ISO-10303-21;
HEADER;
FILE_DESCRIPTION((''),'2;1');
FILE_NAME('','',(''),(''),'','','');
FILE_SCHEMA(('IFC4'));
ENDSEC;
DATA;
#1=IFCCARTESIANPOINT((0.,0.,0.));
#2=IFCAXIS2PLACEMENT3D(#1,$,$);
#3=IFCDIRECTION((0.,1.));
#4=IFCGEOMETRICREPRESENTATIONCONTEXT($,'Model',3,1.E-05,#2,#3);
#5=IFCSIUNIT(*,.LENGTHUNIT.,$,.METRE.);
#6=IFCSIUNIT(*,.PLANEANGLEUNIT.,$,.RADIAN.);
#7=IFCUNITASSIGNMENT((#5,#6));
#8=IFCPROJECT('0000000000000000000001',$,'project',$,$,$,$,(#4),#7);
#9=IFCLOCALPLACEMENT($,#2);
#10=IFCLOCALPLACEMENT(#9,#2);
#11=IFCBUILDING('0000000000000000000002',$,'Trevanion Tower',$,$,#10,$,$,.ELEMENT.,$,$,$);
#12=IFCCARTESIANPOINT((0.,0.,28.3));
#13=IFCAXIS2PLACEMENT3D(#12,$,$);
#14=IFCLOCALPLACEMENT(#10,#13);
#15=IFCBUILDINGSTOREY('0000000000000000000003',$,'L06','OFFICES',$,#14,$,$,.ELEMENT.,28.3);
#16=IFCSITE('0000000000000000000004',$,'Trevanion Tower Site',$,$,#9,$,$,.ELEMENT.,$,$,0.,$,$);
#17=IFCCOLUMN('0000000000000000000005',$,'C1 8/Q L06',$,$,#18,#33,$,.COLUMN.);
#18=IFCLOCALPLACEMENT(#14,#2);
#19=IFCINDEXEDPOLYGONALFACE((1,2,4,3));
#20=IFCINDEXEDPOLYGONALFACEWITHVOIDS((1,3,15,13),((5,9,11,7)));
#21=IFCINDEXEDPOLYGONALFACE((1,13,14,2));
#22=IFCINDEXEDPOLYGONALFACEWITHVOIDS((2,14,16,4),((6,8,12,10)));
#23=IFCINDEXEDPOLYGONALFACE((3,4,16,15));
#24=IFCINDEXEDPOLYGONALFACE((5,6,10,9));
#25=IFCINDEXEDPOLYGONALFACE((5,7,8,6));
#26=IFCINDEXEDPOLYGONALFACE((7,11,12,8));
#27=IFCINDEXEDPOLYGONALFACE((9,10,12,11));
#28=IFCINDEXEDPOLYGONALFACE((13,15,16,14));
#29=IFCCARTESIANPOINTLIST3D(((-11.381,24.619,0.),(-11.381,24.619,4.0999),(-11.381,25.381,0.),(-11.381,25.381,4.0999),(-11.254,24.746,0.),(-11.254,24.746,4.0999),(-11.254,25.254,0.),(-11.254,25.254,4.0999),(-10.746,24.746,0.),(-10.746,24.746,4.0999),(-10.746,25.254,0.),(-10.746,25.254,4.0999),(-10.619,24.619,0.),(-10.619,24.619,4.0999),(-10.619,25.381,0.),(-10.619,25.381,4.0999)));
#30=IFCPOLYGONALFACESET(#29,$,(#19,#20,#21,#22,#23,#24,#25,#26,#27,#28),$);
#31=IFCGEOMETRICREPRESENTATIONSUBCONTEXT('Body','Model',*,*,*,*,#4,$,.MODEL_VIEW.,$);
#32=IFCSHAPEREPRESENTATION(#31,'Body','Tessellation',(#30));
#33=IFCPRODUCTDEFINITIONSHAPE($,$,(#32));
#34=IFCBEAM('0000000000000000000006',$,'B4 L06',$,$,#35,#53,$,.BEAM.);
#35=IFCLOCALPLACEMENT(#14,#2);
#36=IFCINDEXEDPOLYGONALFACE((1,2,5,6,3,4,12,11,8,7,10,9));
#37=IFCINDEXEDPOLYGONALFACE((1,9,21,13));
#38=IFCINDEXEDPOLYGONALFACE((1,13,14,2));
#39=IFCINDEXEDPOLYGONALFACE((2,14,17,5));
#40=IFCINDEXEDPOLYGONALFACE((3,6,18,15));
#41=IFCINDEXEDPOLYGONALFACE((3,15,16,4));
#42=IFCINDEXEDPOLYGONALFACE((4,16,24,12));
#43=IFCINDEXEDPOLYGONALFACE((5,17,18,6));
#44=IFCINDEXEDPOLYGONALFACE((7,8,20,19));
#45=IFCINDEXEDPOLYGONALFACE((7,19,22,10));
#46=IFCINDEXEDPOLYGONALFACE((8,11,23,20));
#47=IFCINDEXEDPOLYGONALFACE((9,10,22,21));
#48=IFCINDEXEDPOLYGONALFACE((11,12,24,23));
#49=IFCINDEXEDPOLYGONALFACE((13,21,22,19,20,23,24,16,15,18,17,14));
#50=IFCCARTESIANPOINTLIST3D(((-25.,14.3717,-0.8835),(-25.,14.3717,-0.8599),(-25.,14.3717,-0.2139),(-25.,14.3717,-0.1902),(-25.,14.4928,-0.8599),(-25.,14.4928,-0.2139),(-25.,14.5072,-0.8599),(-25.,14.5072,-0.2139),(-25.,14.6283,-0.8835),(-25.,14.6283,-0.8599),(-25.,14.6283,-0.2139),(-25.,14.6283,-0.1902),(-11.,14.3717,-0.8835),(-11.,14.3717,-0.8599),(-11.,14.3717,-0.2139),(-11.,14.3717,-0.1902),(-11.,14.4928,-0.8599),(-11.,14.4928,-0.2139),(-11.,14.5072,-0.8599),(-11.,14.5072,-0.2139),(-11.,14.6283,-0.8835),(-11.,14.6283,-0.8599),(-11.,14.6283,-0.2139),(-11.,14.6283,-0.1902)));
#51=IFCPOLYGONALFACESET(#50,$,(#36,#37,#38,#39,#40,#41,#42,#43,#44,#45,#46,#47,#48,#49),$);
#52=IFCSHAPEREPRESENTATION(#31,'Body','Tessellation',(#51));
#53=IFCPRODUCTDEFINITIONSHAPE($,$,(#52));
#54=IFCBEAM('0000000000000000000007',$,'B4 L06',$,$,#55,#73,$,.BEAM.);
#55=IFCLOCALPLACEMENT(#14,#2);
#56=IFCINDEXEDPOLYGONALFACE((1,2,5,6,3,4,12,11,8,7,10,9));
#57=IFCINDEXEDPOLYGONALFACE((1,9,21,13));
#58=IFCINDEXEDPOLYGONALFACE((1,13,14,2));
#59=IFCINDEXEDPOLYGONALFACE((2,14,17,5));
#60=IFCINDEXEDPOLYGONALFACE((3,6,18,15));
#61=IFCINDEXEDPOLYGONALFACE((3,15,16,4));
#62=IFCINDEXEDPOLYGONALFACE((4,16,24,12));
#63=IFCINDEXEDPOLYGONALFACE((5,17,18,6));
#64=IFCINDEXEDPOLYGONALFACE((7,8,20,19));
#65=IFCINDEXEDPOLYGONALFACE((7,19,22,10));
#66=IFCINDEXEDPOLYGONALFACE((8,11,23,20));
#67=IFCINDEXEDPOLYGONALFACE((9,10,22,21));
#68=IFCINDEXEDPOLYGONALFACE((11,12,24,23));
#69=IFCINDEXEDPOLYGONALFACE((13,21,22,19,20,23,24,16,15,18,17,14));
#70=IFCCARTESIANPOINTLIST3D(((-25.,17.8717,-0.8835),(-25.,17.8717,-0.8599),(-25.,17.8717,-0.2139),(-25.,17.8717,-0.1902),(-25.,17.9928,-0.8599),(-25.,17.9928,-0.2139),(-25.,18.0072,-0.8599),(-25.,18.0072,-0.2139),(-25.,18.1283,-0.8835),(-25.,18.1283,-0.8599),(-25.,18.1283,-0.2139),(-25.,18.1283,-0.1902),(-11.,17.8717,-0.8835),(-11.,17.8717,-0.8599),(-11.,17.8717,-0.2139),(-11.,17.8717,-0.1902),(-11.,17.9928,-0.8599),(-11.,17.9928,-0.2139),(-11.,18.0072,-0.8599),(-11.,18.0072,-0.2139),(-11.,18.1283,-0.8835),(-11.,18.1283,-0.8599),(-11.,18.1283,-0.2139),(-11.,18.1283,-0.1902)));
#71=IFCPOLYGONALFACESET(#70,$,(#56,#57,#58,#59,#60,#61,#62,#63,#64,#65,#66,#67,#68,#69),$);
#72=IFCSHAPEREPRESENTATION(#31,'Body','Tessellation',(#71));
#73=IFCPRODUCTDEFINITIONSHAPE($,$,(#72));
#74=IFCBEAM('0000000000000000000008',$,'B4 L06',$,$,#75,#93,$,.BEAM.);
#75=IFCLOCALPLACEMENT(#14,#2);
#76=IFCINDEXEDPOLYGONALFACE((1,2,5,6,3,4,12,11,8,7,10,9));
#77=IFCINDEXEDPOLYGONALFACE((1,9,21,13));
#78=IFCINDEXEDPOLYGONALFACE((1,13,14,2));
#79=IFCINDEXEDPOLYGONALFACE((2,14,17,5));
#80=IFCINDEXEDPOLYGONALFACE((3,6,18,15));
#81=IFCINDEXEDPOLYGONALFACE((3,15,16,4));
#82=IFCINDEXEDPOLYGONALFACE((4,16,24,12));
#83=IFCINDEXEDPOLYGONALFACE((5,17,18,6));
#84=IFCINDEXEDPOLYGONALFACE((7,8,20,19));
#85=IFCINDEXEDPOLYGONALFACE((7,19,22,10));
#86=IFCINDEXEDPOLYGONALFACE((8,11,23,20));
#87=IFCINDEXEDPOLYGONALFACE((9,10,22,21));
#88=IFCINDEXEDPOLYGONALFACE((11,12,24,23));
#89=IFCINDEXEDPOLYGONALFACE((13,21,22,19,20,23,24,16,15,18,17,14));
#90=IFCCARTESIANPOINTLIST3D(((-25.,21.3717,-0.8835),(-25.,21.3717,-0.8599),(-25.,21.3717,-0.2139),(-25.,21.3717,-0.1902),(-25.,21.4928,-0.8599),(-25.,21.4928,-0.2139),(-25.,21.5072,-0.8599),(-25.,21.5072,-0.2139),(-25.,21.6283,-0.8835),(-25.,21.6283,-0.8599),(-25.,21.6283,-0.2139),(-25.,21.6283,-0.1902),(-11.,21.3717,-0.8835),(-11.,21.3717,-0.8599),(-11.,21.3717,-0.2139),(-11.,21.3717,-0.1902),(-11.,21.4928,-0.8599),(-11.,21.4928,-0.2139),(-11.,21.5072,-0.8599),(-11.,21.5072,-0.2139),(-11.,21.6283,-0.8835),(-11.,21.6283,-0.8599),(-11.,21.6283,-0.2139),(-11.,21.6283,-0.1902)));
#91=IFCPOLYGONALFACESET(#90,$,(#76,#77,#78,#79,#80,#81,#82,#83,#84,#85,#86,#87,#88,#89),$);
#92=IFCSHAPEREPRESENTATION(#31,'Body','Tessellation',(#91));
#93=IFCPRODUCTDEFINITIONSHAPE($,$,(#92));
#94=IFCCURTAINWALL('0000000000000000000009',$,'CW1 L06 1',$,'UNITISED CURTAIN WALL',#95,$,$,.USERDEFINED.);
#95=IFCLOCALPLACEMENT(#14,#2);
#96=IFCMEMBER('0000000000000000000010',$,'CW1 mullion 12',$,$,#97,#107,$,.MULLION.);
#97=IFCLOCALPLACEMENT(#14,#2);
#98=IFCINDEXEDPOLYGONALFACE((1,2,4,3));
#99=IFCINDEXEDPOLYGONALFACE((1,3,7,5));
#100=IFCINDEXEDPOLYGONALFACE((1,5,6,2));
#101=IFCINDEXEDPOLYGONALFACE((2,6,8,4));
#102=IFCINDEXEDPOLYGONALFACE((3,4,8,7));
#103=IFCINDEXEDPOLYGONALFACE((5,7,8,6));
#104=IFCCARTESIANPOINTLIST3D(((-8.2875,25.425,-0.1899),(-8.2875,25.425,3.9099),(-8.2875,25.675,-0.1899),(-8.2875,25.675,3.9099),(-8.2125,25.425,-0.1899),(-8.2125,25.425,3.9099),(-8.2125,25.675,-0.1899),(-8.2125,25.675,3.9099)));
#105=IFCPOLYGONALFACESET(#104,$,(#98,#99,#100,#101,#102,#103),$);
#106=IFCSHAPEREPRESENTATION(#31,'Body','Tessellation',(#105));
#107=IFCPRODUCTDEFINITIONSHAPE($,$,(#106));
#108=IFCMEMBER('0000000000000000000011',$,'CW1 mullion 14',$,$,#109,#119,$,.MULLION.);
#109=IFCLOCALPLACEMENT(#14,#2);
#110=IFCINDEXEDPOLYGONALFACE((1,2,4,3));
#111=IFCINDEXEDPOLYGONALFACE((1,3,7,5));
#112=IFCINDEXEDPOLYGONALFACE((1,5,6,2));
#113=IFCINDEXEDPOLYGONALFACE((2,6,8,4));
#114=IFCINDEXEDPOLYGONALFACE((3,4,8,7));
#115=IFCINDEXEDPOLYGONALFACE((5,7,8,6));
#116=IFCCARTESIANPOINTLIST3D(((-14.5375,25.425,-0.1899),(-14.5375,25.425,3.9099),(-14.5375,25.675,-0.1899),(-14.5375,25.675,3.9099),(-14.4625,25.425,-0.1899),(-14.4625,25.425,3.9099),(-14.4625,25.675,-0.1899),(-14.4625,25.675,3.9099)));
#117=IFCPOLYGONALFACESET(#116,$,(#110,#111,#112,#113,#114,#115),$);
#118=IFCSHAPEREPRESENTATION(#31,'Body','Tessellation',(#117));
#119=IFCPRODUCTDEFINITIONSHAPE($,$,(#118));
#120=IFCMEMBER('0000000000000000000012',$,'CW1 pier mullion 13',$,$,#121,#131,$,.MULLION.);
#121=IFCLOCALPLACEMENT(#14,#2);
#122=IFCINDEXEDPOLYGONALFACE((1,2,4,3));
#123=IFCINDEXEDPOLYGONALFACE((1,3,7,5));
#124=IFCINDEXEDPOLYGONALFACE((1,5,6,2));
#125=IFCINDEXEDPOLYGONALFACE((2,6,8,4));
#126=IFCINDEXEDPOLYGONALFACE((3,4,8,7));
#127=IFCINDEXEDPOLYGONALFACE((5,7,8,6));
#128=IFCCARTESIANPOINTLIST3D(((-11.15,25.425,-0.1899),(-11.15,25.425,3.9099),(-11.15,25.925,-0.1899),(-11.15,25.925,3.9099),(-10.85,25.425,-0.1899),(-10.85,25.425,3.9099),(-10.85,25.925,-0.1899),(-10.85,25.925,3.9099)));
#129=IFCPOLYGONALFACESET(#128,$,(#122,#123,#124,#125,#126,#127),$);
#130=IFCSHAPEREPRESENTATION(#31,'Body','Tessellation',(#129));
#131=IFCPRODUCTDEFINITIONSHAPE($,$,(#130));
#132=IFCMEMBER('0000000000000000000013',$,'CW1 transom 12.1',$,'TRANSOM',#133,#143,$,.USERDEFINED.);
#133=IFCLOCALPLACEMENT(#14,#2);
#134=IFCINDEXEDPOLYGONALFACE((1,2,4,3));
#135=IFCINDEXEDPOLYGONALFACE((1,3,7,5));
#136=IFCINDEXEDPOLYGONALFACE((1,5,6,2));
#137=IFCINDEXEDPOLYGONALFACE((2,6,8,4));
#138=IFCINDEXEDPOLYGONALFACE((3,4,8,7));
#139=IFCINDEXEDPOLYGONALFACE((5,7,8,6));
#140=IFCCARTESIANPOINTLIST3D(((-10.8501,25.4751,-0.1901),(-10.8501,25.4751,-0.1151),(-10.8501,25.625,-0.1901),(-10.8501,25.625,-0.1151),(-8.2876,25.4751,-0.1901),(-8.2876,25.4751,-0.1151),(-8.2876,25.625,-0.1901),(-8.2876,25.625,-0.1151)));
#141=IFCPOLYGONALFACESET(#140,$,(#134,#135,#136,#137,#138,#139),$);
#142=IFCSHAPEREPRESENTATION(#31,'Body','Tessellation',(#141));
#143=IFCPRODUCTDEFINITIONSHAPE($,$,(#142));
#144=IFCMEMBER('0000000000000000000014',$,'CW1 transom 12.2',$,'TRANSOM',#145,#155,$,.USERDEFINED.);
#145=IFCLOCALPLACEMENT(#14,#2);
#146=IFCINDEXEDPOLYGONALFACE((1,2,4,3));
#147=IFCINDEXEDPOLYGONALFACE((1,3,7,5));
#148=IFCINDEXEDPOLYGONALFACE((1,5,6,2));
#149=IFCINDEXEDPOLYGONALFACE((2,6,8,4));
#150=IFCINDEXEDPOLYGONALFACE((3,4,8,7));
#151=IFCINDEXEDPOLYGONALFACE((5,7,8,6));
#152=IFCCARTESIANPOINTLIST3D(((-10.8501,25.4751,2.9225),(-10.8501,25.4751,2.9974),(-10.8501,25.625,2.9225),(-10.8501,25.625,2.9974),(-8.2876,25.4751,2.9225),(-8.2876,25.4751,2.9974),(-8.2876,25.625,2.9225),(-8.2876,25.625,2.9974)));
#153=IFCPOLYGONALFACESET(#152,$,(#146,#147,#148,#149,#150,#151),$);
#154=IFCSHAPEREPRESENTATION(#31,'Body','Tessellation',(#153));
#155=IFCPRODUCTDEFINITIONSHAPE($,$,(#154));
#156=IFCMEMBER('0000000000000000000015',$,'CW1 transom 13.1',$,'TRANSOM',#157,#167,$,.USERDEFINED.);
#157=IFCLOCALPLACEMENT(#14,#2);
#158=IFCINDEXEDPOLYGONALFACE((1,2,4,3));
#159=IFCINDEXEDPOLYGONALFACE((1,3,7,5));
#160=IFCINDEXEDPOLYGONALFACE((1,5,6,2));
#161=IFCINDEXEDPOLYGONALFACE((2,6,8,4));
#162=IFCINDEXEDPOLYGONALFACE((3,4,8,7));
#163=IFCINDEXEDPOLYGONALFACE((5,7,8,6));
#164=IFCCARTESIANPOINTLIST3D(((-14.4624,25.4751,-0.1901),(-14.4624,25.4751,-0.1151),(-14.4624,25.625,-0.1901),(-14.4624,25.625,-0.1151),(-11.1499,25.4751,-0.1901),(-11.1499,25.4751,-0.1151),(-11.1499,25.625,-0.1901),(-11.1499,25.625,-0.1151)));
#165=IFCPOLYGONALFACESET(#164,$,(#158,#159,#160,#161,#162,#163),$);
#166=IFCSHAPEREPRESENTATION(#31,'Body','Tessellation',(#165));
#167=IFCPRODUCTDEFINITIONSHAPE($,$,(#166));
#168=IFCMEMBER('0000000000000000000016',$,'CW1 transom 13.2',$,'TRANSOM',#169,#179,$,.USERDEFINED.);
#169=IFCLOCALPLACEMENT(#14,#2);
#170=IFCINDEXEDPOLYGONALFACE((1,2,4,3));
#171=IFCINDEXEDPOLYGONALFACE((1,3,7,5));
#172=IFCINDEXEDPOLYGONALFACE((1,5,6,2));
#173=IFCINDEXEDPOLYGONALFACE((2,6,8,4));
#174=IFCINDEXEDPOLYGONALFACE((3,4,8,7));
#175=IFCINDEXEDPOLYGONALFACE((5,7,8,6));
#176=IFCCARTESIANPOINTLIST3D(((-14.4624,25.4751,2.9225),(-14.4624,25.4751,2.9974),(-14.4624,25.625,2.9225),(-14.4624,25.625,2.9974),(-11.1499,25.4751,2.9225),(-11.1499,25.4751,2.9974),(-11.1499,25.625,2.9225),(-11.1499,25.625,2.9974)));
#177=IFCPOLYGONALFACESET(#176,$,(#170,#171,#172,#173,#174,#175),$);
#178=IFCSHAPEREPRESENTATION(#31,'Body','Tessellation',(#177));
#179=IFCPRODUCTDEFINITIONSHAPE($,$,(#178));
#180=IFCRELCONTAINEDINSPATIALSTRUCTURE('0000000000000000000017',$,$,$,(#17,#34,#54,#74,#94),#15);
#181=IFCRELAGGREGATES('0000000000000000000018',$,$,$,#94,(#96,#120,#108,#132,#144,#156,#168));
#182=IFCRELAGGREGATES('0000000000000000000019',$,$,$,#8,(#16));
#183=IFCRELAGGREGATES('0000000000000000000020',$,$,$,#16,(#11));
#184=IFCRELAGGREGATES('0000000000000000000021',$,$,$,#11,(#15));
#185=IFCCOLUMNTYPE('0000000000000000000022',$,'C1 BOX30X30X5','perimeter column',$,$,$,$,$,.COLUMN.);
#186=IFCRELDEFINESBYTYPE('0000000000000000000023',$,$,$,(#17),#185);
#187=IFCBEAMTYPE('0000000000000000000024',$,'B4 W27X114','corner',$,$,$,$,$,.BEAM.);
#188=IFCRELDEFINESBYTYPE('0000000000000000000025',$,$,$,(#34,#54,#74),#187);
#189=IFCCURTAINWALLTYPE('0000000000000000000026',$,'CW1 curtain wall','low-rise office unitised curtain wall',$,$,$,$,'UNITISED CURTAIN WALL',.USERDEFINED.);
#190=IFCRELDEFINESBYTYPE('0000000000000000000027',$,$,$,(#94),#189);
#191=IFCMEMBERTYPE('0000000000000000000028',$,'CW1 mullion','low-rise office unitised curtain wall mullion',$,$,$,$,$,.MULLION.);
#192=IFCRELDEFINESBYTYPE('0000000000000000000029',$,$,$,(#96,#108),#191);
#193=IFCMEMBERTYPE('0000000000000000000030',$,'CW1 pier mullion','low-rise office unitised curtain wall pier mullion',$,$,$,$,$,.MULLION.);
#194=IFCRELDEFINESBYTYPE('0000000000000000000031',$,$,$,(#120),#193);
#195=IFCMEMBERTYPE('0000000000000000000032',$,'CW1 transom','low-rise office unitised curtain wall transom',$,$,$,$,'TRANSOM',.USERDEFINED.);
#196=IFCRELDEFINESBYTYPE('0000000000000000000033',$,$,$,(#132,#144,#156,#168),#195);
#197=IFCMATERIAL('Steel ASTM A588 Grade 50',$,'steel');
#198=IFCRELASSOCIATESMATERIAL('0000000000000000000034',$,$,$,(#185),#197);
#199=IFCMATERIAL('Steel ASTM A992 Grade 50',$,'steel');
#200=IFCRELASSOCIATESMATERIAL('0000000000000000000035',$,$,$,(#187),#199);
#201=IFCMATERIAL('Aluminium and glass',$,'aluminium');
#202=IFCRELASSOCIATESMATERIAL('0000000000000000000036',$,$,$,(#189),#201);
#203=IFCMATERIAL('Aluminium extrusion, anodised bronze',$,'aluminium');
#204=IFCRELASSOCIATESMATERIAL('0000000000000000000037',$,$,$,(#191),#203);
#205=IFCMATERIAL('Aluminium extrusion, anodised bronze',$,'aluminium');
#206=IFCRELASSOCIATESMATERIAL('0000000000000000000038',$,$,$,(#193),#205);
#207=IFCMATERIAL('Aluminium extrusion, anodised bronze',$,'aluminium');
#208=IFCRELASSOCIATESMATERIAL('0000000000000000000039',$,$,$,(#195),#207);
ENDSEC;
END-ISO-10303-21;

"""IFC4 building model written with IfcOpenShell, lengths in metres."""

from ifc_helpers import new_model, si_unit, direction, frame, origin, origin_2d, place, context, subcontext, project, spatial, rectangle, hollow_rectangle, i_section, extrude, material, material_profile, profile_set, type_object, element, aggregate, save


model = new_model("IFC4")

# Units and contexts
model_context = context("Model", 3, precision=1e-05, world=origin(), true_north=direction((0.0, 1.0)))
body_context = subcontext(model_context, "Body", "Model", "MODEL_VIEW")
ifc_project = project(units=[si_unit("LENGTHUNIT", "METRE"), si_unit("PLANEANGLEUNIT", "RADIAN")], contexts=[model_context])

# Site, building, storey
site_placement = place(None, origin())
site = spatial("IfcSite", under=ifc_project, at=site_placement, Name="Trevanion Tower Site", CompositionType="ELEMENT", RefElevation=0.0)
building_placement = place(site_placement, origin())
building = spatial("IfcBuilding", under=site, at=building_placement, Name="Trevanion Tower", CompositionType="ELEMENT")
storey_placement = place(building_placement, frame((0.0, 0.0, 28.3)))
storey = spatial("IfcBuildingStorey", under=building, at=storey_placement, Name="L06", Description="OFFICES", CompositionType="ELEMENT", Elevation=28.3)

# Column
ifc_material_1 = material(Name="Steel ASTM A588 Grade 50", Category="steel")
ifc_material_profile_1 = material_profile(ifc_material_1, hollow_rectangle(XDim=0.762, YDim=0.762, WallThickness=0.127, at=origin_2d()), Name="BOX30X30X5")
ifc_profile_set_1 = profile_set([ifc_material_profile_1], Name="Steel ASTM A588 Grade 50")
column_type = type_object("IfcColumnType", Name="C1 BOX30X30X5", Description="perimeter column", PredefinedType="COLUMN", material=ifc_profile_set_1)
column_placement = place(storey_placement, frame((-11.0, 25.0, 0.0), z_axis=(0.0, 0.0, 1.0), x_axis=(1.0, 0.0, 0.0)))
element("IfcColumn", 1, at=column_placement, inside=storey, type_object=column_type, Name="C1 8/Q L06", PredefinedType="COLUMN", context=body_context, shape_type="SweptSolid", body=[
    extrude(hollow_rectangle(XDim=0.762, YDim=0.762, WallThickness=0.127, at=origin_2d()), origin(), (0.0, 0.0, 1.0), 4.0999),
])

# Beams
ifc_material_2 = material(Name="Steel ASTM A992 Grade 50", Category="steel")
ifc_material_profile_2 = material_profile(ifc_material_2, i_section(OverallWidth=0.2566, OverallDepth=0.6934, WebThickness=0.0144, FlangeThickness=0.0237, at=origin_2d()), Name="W27X114")
ifc_profile_set_2 = profile_set([ifc_material_profile_2], Name="Steel ASTM A992 Grade 50")
beam_type_1 = type_object("IfcBeamType", Name="B4 W27X114", Description="corner", PredefinedType="BEAM", material=ifc_profile_set_2)
for number, where, z_axis, x_axis, name in (
    (2, (-11.0, 14.5, -0.5369), (-1.0, 0.0, 0.0), (0.0, -1.0, 0.0), "B4 L06"),
    (3, (-11.0, 18.0, -0.5369), (-1.0, 0.0, 0.0), (0.0, -1.0, 0.0), "B4 L06"),
    (4, (-11.0, 21.5, -0.5369), (-1.0, 0.0, 0.0), (0.0, -1.0, 0.0), "B4 L06"),
):
    element("IfcBeam", number, at=place(storey_placement, frame(where, z_axis=z_axis, x_axis=x_axis)), inside=storey, type_object=beam_type_1, Name=name, PredefinedType="BEAM", context=body_context, shape_type="SweptSolid", body=[
        extrude(i_section(OverallWidth=0.2566, OverallDepth=0.6934, WebThickness=0.0144, FlangeThickness=0.0237, at=origin_2d()), origin(), (0.0, 0.0, 1.0), 14.0),
    ])

# Curtain wall, members
ifc_material_3 = material(Name="Aluminium and glass", Category="aluminium")
curtain_wall_type = type_object("IfcCurtainWallType", Name="CW1 curtain wall", Description="low-rise office unitised curtain wall", ElementType="UNITISED CURTAIN WALL", PredefinedType="USERDEFINED", material=ifc_material_3)
curtain_wall_placement = place(storey_placement, origin())
curtain_wall = element("IfcCurtainWall", 5, at=curtain_wall_placement, inside=storey, type_object=curtain_wall_type, Name="CW1 L06 1", ObjectType="UNITISED CURTAIN WALL", PredefinedType="USERDEFINED")
ifc_material_4 = material(Name="Aluminium extrusion, anodised bronze", Category="aluminium")
ifc_material_profile_3 = material_profile(ifc_material_4, rectangle(XDim=0.075, YDim=0.25, at=origin_2d()), Name="CW1 mullion")
ifc_profile_set_3 = profile_set([ifc_material_profile_3], Name="Aluminium extrusion, anodised bronze")
member_type_1 = type_object("IfcMemberType", Name="CW1 mullion", Description="low-rise office unitised curtain wall mullion", PredefinedType="MULLION", material=ifc_profile_set_3)
member_1_placement = place(storey_placement, frame((-8.25, 25.55, -0.1899), z_axis=(0.0, 0.0, 1.0), x_axis=(-1.0, 0.0, 0.0)))
member_1 = element("IfcMember", 6, at=member_1_placement, type_object=member_type_1, Name="CW1 mullion 12", PredefinedType="MULLION", context=body_context, shape_type="SweptSolid", body=[
    extrude(rectangle(XDim=0.075, YDim=0.25, at=origin_2d()), origin(), (0.0, 0.0, 1.0), 4.0999),
])
member_2_placement = place(storey_placement, frame((-14.5, 25.55, -0.1899), z_axis=(0.0, 0.0, 1.0), x_axis=(-1.0, 0.0, 0.0)))
member_2 = element("IfcMember", 7, at=member_2_placement, type_object=member_type_1, Name="CW1 mullion 14", PredefinedType="MULLION", context=body_context, shape_type="SweptSolid", body=[
    extrude(rectangle(XDim=0.075, YDim=0.25, at=origin_2d()), origin(), (0.0, 0.0, 1.0), 4.0999),
])
ifc_material_5 = material(Name="Aluminium extrusion, anodised bronze", Category="aluminium")
ifc_material_profile_4 = material_profile(ifc_material_5, rectangle(XDim=0.3, YDim=0.5, at=origin_2d()), Name="CW1 pier mullion")
ifc_profile_set_4 = profile_set([ifc_material_profile_4], Name="Aluminium extrusion, anodised bronze")
member_type_2 = type_object("IfcMemberType", Name="CW1 pier mullion", Description="low-rise office unitised curtain wall pier mullion", PredefinedType="MULLION", material=ifc_profile_set_4)
member_3_placement = place(storey_placement, frame((-11.0, 25.675, -0.1899), z_axis=(0.0, 0.0, 1.0), x_axis=(-1.0, 0.0, 0.0)))
member_3 = element("IfcMember", 8, at=member_3_placement, type_object=member_type_2, Name="CW1 pier mullion 13", PredefinedType="MULLION", context=body_context, shape_type="SweptSolid", body=[
    extrude(rectangle(XDim=0.3, YDim=0.5, at=origin_2d()), origin(), (0.0, 0.0, 1.0), 4.0999),
])
ifc_material_6 = material(Name="Aluminium extrusion, anodised bronze", Category="aluminium")
ifc_material_profile_5 = material_profile(ifc_material_6, rectangle(XDim=0.1499, YDim=0.075, at=origin_2d()), Name="CW1 transom")
ifc_profile_set_5 = profile_set([ifc_material_profile_5], Name="Aluminium extrusion, anodised bronze")
member_type_3 = type_object("IfcMemberType", Name="CW1 transom", Description="low-rise office unitised curtain wall transom", ElementType="TRANSOM", PredefinedType="USERDEFINED", material=ifc_profile_set_5)
member_4_placement = place(storey_placement, frame((-8.2876, 25.55, -0.1526), z_axis=(-1.0, 0.0, 0.0), x_axis=(0.0, -1.0, 0.0)))
member_4 = element("IfcMember", 9, at=member_4_placement, type_object=member_type_3, Name="CW1 transom 12.1", ObjectType="TRANSOM", PredefinedType="USERDEFINED", context=body_context, shape_type="SweptSolid", body=[
    extrude(rectangle(XDim=0.1499, YDim=0.075, at=origin_2d()), origin(), (0.0, 0.0, 1.0), 2.5625),
])
member_5_placement = place(storey_placement, frame((-8.2876, 25.55, 2.96), z_axis=(-1.0, 0.0, 0.0), x_axis=(0.0, -1.0, 0.0)))
member_5 = element("IfcMember", 10, at=member_5_placement, type_object=member_type_3, Name="CW1 transom 12.2", ObjectType="TRANSOM", PredefinedType="USERDEFINED", context=body_context, shape_type="SweptSolid", body=[
    extrude(rectangle(XDim=0.1499, YDim=0.075, at=origin_2d()), origin(), (0.0, 0.0, 1.0), 2.5625),
])
member_6_placement = place(storey_placement, frame((-11.1499, 25.55, -0.1526), z_axis=(-1.0, 0.0, 0.0), x_axis=(0.0, -1.0, 0.0)))
member_6 = element("IfcMember", 11, at=member_6_placement, type_object=member_type_3, Name="CW1 transom 13.1", ObjectType="TRANSOM", PredefinedType="USERDEFINED", context=body_context, shape_type="SweptSolid", body=[
    extrude(rectangle(XDim=0.1499, YDim=0.075, at=origin_2d()), origin(), (0.0, 0.0, 1.0), 3.3125),
])
member_7_placement = place(storey_placement, frame((-11.1499, 25.55, 2.96), z_axis=(-1.0, 0.0, 0.0), x_axis=(0.0, -1.0, 0.0)))
member_7 = element("IfcMember", 12, at=member_7_placement, type_object=member_type_3, Name="CW1 transom 13.2", ObjectType="TRANSOM", PredefinedType="USERDEFINED", context=body_context, shape_type="SweptSolid", body=[
    extrude(rectangle(XDim=0.1499, YDim=0.075, at=origin_2d()), origin(), (0.0, 0.0, 1.0), 3.3125),
])

aggregate(curtain_wall, [member_1, member_3, member_2, member_4, member_5, member_6, member_7])

save(model, "model.ifc")
